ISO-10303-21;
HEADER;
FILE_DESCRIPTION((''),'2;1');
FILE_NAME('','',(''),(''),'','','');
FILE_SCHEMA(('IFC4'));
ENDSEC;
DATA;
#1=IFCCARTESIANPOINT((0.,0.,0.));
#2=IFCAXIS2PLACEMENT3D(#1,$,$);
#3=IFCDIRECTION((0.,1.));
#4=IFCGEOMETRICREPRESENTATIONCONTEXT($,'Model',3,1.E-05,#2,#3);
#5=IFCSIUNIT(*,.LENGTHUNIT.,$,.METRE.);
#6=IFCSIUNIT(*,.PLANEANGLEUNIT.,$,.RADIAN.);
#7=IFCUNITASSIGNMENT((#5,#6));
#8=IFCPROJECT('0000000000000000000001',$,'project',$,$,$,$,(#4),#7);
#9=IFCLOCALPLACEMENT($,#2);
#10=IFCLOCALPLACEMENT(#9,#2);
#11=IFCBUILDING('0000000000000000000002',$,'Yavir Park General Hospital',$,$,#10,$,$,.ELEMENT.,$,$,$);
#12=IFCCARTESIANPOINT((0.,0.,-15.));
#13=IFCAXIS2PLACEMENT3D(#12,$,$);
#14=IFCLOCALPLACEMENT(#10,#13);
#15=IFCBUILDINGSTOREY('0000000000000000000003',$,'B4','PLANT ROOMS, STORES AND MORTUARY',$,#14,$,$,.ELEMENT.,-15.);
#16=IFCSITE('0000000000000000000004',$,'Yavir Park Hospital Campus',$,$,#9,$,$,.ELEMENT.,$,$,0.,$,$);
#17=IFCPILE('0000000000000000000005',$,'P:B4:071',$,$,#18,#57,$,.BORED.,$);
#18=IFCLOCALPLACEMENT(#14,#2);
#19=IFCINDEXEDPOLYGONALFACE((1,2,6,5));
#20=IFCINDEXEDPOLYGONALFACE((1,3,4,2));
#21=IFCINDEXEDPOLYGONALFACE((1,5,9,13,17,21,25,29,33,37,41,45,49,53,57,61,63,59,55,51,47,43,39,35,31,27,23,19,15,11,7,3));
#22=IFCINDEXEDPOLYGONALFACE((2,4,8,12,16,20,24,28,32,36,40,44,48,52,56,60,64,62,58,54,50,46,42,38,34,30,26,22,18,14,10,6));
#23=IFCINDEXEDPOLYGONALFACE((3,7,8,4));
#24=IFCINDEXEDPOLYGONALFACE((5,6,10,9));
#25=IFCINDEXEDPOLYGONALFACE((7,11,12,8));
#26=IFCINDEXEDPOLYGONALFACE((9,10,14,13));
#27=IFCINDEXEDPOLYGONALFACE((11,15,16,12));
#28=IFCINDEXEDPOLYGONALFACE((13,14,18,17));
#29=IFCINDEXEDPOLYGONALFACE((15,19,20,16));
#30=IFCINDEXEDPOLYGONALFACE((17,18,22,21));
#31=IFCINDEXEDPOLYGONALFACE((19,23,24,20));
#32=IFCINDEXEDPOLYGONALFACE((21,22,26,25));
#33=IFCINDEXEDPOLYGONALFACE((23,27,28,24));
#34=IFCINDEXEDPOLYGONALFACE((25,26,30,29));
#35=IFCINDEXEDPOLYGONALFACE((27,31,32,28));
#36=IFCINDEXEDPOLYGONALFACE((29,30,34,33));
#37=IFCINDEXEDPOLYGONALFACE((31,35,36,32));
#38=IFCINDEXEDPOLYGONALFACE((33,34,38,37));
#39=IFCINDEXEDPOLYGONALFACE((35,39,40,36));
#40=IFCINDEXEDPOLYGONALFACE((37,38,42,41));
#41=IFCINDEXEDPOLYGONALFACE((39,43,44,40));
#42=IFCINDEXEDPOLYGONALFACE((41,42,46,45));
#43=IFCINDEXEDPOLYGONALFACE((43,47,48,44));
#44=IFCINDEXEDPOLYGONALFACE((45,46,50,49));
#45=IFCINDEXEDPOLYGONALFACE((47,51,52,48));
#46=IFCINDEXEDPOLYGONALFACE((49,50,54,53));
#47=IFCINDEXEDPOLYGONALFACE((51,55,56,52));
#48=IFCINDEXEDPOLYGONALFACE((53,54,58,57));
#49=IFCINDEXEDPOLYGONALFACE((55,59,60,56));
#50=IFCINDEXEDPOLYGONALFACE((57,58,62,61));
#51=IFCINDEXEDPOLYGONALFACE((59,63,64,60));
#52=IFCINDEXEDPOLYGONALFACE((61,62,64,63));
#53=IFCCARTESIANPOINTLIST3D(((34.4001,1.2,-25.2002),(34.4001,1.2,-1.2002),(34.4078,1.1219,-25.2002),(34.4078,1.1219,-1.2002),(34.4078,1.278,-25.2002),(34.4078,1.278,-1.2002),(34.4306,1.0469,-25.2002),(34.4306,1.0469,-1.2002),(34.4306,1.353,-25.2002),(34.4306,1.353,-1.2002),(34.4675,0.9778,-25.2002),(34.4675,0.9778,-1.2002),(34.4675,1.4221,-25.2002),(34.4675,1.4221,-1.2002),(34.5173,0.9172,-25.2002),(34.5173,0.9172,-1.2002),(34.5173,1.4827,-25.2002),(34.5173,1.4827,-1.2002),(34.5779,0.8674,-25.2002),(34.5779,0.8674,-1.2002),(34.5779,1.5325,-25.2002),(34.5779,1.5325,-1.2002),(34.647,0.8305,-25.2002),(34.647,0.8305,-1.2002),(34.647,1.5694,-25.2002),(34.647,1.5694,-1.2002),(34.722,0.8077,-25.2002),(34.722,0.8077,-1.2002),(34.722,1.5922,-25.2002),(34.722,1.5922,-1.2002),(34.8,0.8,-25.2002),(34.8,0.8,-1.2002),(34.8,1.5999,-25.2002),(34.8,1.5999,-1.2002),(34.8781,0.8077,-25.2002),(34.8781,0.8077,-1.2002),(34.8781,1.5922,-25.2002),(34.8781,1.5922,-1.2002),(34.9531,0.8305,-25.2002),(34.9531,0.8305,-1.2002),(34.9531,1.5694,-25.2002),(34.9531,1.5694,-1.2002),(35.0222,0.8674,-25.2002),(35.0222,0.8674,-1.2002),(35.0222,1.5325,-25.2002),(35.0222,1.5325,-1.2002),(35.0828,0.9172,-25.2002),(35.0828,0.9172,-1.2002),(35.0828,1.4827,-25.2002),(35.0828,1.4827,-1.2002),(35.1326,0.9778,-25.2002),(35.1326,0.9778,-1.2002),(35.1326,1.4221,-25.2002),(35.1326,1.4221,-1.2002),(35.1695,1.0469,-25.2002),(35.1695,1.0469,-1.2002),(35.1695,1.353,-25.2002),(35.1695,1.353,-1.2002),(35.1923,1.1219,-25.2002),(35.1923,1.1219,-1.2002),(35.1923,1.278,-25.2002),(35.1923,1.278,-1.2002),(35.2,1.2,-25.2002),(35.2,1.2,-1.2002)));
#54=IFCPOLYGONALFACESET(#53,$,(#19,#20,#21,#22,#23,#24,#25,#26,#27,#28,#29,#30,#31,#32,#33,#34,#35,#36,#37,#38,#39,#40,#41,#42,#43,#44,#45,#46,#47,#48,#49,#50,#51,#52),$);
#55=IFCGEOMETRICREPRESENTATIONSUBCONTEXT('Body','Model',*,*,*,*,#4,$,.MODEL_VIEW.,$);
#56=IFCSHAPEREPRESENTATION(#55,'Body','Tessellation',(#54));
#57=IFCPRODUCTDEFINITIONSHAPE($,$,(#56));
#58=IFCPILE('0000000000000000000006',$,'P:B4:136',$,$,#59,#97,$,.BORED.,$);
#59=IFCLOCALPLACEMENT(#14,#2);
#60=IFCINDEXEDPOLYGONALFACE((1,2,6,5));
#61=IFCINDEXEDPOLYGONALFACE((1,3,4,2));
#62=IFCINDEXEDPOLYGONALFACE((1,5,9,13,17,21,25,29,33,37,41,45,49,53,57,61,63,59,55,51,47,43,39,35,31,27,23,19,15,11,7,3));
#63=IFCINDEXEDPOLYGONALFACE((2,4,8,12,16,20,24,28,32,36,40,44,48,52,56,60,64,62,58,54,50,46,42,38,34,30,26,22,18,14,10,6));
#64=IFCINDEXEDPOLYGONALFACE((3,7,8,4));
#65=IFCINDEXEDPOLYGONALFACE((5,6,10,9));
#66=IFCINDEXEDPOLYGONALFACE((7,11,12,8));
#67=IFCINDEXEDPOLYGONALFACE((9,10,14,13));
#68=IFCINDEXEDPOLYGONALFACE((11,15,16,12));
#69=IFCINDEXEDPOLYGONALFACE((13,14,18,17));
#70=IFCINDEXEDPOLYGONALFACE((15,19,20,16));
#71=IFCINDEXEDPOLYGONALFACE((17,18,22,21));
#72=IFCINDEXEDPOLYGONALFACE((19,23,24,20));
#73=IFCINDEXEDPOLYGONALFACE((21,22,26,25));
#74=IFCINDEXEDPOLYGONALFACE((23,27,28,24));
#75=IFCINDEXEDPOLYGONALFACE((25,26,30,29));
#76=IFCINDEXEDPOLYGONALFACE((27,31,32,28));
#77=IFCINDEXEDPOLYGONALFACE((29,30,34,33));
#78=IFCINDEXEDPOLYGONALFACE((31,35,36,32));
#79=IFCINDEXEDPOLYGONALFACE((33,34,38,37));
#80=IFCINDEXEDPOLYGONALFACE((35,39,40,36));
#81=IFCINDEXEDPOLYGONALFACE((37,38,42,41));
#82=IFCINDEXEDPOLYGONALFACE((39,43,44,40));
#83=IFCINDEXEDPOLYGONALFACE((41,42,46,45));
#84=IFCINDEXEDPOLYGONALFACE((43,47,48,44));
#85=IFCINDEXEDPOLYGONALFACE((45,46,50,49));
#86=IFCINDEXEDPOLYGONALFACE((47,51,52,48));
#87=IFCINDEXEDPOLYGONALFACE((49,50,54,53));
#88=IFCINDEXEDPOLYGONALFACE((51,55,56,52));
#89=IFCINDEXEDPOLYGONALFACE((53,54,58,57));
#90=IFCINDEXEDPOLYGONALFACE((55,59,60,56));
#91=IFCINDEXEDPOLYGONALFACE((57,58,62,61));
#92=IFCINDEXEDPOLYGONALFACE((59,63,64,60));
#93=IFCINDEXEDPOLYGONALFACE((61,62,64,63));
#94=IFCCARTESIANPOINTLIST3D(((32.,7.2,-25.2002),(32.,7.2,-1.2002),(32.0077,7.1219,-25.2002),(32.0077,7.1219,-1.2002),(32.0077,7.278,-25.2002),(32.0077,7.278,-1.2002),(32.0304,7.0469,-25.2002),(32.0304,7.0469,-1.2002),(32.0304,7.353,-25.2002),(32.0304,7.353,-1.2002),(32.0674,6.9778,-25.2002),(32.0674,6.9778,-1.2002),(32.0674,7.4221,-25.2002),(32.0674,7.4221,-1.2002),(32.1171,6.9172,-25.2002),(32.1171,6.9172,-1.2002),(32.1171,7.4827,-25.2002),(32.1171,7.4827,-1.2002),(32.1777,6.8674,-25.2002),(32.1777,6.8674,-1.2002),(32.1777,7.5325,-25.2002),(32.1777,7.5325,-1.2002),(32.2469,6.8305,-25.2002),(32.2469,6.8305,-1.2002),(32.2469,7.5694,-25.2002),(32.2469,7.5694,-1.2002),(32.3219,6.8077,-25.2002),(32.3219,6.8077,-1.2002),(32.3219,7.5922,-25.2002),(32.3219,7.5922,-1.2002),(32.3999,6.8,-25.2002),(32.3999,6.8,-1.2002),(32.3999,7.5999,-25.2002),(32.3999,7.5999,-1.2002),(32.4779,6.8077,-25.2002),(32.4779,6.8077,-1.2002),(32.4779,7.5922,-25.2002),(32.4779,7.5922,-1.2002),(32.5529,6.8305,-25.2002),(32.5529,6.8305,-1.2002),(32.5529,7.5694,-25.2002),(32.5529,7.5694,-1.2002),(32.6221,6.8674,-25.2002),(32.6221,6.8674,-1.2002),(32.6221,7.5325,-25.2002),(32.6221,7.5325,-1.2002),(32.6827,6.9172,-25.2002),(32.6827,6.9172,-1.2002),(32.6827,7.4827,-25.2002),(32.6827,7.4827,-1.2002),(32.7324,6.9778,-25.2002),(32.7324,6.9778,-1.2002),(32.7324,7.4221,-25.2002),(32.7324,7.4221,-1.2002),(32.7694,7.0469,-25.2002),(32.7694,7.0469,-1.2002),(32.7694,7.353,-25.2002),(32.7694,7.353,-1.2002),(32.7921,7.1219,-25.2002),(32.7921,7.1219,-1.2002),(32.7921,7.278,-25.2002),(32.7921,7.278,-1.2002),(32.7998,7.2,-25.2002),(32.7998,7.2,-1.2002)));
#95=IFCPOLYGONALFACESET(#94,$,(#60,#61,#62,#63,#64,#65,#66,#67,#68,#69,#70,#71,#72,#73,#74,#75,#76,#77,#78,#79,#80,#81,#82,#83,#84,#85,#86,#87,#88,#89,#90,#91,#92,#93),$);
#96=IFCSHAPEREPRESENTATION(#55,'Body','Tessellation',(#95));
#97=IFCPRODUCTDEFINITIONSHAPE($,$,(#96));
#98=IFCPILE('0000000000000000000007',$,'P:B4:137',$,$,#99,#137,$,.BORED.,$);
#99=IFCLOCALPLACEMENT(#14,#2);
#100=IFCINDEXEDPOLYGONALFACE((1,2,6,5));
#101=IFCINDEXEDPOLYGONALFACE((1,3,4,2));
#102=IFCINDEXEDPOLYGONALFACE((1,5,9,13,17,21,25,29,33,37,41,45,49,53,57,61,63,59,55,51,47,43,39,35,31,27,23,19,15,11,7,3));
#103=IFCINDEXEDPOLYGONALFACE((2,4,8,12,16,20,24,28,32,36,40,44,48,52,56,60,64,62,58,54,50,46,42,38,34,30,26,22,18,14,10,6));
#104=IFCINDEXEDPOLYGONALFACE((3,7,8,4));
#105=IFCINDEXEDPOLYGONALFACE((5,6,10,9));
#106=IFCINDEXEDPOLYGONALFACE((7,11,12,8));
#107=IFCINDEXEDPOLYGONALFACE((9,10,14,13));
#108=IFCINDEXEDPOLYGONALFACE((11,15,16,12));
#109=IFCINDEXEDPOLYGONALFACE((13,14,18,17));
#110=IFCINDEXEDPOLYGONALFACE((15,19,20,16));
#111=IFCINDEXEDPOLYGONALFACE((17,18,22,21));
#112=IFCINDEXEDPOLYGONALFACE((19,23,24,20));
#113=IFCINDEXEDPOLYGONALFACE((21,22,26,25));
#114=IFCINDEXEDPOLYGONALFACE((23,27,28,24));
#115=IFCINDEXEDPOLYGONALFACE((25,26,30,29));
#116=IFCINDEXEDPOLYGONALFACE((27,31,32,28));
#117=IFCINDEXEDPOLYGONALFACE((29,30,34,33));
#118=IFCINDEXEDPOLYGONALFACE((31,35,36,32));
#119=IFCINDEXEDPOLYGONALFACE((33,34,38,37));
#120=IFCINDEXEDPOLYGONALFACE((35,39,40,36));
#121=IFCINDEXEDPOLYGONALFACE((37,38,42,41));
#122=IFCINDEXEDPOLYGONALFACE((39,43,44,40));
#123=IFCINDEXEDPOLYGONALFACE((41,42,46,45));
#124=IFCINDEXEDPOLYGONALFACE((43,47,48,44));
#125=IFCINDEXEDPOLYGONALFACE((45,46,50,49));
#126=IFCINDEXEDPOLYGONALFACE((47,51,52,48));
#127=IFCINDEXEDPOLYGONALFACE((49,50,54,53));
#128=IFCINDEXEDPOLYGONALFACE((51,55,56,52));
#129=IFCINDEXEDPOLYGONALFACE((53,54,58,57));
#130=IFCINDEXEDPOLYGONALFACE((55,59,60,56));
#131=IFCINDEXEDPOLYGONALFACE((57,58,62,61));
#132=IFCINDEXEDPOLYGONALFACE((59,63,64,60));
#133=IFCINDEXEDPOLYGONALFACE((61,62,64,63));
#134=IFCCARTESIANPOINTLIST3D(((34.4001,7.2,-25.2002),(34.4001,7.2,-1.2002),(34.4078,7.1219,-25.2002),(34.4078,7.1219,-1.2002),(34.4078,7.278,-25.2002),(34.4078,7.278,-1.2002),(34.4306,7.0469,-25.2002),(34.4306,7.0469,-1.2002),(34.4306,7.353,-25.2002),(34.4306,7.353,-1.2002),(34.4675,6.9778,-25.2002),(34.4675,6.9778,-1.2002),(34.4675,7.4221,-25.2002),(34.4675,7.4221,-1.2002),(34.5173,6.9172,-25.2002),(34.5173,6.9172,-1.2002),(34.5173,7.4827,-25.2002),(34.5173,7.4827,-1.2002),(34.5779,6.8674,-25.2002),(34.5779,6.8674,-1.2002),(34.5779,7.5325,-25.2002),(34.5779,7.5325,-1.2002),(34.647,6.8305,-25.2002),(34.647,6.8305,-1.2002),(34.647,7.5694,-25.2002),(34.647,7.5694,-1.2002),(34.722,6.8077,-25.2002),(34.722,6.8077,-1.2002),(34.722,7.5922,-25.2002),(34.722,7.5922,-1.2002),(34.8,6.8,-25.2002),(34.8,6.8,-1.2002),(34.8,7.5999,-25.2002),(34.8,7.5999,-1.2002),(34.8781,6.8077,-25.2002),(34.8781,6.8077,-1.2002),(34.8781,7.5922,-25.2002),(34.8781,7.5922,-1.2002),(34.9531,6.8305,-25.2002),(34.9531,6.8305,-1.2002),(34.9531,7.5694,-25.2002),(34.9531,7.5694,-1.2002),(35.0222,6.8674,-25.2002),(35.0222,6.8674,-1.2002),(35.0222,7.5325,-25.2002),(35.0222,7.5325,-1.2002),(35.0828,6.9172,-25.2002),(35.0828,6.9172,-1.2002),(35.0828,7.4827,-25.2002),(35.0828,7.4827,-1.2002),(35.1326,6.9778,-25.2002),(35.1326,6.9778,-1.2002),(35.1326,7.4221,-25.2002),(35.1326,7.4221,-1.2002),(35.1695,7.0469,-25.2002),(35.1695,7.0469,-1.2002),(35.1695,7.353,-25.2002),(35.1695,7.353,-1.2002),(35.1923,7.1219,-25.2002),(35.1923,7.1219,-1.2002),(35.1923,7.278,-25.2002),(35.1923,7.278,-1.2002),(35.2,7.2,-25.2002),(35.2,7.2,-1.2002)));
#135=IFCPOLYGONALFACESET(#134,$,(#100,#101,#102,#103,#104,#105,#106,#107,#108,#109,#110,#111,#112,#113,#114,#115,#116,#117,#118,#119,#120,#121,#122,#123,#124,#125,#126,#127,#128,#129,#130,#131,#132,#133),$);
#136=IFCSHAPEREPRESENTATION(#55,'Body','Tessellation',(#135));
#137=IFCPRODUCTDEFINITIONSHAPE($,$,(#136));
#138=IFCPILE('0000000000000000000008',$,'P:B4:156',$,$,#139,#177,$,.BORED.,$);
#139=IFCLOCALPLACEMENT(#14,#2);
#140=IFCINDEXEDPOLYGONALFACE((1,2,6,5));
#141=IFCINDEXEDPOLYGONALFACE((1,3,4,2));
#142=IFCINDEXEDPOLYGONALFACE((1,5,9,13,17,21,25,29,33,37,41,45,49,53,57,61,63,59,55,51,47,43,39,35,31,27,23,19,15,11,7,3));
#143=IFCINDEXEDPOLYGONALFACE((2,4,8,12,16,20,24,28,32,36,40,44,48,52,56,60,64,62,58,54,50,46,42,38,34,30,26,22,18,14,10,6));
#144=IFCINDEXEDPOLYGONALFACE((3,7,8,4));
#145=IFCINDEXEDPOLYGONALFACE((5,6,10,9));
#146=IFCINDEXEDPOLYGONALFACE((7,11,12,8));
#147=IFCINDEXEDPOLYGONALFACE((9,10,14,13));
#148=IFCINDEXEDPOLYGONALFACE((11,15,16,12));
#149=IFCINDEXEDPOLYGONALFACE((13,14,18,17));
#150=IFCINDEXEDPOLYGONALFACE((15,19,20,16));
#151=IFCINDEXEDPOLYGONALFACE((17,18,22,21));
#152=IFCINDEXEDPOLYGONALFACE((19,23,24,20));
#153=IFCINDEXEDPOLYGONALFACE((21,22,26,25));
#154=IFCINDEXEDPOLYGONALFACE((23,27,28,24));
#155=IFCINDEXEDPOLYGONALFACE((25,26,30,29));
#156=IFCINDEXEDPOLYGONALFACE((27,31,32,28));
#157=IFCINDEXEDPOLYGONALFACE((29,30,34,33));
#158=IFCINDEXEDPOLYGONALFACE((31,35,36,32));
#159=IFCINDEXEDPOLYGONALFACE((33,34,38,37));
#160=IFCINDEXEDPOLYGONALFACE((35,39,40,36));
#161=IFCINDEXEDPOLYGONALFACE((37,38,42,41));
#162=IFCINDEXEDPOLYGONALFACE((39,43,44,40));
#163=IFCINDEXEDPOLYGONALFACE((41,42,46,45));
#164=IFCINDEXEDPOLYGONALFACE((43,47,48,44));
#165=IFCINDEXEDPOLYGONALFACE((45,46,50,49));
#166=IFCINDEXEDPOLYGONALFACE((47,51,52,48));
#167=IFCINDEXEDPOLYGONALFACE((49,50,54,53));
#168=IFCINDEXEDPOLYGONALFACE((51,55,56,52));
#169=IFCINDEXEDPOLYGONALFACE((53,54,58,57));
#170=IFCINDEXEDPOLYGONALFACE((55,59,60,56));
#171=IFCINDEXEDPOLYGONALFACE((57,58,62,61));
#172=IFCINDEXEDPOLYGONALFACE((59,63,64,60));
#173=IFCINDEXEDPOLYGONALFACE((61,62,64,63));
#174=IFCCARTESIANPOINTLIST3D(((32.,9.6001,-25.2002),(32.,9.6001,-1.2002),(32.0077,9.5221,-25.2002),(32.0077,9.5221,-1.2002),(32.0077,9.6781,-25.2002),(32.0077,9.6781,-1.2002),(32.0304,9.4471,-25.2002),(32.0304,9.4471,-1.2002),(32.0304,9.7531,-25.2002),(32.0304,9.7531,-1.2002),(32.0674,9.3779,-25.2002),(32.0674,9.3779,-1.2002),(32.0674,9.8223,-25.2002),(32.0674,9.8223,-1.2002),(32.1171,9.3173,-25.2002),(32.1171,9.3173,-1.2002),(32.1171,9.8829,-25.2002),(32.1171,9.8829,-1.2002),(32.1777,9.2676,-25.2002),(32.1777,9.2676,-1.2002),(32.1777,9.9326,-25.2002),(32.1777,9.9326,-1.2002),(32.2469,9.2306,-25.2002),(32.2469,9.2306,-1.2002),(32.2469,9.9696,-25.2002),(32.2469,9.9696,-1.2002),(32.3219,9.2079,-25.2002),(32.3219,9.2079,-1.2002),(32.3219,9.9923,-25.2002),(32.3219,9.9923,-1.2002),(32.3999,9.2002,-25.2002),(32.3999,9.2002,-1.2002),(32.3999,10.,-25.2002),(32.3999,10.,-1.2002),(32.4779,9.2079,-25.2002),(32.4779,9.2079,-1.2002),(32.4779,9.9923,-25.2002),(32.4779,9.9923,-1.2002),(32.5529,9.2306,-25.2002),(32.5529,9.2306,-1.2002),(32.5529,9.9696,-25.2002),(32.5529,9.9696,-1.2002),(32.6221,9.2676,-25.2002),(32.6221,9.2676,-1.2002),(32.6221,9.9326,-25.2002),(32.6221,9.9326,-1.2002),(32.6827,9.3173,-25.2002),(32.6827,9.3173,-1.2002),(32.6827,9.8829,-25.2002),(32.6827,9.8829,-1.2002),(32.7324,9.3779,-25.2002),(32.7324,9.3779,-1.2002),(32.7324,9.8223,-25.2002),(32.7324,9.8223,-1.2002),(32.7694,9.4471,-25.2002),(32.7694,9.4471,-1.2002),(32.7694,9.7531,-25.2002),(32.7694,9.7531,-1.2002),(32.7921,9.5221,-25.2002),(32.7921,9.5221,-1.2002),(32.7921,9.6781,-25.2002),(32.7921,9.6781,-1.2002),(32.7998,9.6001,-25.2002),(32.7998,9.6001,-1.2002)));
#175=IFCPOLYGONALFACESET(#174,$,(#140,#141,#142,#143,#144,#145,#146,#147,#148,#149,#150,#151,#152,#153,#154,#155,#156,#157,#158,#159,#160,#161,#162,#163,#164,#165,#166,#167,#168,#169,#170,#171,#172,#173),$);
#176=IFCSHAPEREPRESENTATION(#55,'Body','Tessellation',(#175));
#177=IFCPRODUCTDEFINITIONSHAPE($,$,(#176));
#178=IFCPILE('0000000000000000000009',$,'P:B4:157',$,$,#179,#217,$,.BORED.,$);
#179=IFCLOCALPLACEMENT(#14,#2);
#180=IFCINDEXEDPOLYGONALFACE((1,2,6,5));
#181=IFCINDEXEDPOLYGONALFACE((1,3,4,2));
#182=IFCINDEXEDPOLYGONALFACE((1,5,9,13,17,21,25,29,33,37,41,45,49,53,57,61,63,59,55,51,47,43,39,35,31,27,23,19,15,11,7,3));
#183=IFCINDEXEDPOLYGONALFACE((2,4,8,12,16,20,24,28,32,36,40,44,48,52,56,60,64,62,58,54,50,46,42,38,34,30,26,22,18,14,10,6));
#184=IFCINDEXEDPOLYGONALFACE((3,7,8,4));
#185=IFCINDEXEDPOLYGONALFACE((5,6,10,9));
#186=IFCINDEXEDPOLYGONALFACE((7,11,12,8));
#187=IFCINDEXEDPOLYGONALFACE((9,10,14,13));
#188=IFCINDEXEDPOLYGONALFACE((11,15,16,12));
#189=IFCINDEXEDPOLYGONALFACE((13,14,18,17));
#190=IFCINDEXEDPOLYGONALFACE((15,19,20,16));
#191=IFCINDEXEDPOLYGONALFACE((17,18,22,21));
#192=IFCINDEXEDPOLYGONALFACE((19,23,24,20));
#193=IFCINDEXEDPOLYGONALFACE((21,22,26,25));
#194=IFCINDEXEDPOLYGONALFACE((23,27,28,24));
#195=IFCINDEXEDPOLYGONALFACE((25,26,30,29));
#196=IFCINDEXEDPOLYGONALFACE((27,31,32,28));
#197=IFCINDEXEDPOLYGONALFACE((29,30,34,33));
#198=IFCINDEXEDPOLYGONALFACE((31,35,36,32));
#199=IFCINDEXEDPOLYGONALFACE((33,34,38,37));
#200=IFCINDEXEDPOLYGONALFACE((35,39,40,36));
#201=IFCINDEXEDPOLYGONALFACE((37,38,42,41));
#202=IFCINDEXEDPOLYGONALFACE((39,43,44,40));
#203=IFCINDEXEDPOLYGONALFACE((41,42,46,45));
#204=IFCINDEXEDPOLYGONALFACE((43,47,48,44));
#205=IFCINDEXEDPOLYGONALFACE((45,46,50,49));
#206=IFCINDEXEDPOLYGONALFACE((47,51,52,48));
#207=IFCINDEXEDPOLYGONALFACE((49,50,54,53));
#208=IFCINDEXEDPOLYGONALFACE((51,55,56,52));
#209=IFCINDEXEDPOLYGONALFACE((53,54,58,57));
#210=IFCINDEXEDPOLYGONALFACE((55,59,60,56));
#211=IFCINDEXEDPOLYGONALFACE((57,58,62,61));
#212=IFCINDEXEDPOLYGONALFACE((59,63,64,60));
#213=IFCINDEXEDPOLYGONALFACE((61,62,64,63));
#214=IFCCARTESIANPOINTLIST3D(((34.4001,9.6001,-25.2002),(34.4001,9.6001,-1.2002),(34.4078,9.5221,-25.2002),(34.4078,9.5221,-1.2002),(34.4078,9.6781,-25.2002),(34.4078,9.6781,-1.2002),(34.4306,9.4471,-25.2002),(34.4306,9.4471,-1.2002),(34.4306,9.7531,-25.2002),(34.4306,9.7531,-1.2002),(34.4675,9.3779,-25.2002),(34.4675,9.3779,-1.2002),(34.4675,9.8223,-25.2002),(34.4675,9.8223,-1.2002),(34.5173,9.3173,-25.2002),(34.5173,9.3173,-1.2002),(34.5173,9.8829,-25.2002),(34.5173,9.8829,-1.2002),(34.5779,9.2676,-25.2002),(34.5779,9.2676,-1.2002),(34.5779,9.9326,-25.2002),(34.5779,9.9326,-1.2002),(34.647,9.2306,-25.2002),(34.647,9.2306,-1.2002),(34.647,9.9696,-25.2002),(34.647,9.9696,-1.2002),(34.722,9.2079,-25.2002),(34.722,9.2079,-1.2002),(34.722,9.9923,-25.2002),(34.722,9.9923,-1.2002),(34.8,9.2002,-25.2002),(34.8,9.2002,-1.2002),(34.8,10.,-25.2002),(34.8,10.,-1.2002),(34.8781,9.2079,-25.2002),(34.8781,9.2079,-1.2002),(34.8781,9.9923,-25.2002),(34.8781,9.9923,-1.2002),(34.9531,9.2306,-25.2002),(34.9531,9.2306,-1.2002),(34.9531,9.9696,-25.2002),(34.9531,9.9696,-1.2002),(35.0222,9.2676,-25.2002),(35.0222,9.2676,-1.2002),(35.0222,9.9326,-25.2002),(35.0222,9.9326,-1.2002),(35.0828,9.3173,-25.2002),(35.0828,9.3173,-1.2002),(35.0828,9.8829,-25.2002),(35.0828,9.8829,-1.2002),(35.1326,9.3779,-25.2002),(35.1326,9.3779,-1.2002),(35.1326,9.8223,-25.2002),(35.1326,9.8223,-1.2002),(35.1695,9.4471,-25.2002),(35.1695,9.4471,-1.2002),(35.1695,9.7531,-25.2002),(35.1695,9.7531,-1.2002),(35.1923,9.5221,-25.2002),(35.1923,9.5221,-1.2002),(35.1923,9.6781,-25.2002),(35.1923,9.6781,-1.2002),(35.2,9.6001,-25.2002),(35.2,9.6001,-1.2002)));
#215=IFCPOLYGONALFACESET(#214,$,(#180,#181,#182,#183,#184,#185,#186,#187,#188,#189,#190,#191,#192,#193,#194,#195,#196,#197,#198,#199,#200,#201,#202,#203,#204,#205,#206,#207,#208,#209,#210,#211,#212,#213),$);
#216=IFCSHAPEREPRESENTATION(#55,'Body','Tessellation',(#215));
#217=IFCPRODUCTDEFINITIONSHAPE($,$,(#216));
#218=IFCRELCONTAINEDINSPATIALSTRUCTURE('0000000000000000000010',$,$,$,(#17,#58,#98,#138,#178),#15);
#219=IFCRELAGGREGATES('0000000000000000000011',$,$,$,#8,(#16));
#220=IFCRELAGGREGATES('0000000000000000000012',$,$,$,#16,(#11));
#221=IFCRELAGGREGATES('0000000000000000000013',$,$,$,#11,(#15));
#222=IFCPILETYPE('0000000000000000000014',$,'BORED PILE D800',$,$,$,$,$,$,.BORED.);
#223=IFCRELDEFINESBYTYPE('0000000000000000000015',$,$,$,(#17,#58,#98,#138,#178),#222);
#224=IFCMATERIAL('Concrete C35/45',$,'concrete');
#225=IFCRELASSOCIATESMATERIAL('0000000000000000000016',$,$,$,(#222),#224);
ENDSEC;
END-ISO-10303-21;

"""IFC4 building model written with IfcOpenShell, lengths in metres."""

from ifc_helpers import new_model, si_unit, direction, frame, origin, origin_2d, place, context, subcontext, project, spatial, circle, extrude, material, material_profile, profile_set, type_object, element, save


model = new_model("IFC4")

# Units and contexts
model_context = context("Model", 3, precision=1e-05, world=origin(), true_north=direction((0.0, 1.0)))
body_context = subcontext(model_context, "Body", "Model", "MODEL_VIEW")
ifc_project = project(units=[si_unit("LENGTHUNIT", "METRE"), si_unit("PLANEANGLEUNIT", "RADIAN")], contexts=[model_context])

# Site, building, storey
site_placement = place(None, origin())
site = spatial("IfcSite", under=ifc_project, at=site_placement, Name="Yavir Park Hospital Campus", CompositionType="ELEMENT", RefElevation=0.0)
building_placement = place(site_placement, origin())
building = spatial("IfcBuilding", under=site, at=building_placement, Name="Yavir Park General Hospital", CompositionType="ELEMENT")
storey_placement = place(building_placement, frame((0.0, 0.0, -15.0)))
storey = spatial("IfcBuildingStorey", under=building, at=storey_placement, Name="B4", Description="PLANT ROOMS, STORES AND MORTUARY", CompositionType="ELEMENT", Elevation=-15.0)

# Piles
ifc_material_1 = material(Name="Concrete C35/45", Category="concrete")
ifc_material_profile_1 = material_profile(ifc_material_1, circle(Radius=0.3999, at=origin_2d()), Name="D800")
ifc_profile_set_1 = profile_set([ifc_material_profile_1], Name="Concrete C35/45")
pile_type_1 = type_object("IfcPileType", Name="BORED PILE D800", PredefinedType="BORED", material=ifc_profile_set_1)
for number, where, z_axis, x_axis, name in (
    (1, (34.8, 1.2, -1.2002), (0.0, 0.0, -1.0), (1.0, 0.0, 0.0), "P:B4:071"),
    (2, (32.3999, 7.2, -1.2002), (0.0, 0.0, -1.0), (1.0, 0.0, 0.0), "P:B4:136"),
    (3, (34.8, 7.2, -1.2002), (0.0, 0.0, -1.0), (1.0, 0.0, 0.0), "P:B4:137"),
    (4, (32.3999, 9.6001, -1.2002), (0.0, 0.0, -1.0), (1.0, 0.0, 0.0), "P:B4:156"),
    (5, (34.8, 9.6001, -1.2002), (0.0, 0.0, -1.0), (1.0, 0.0, 0.0), "P:B4:157"),
):
    element("IfcPile", number, at=place(storey_placement, frame(where, z_axis=z_axis, x_axis=x_axis)), inside=storey, type_object=pile_type_1, Name=name, PredefinedType="BORED", context=body_context, shape_type="SweptSolid", body=[
        extrude(circle(Radius=0.3999, at=origin_2d()), origin(), (0.0, 0.0, 1.0), 24.0),
    ])

save(model, "model.ifc")
